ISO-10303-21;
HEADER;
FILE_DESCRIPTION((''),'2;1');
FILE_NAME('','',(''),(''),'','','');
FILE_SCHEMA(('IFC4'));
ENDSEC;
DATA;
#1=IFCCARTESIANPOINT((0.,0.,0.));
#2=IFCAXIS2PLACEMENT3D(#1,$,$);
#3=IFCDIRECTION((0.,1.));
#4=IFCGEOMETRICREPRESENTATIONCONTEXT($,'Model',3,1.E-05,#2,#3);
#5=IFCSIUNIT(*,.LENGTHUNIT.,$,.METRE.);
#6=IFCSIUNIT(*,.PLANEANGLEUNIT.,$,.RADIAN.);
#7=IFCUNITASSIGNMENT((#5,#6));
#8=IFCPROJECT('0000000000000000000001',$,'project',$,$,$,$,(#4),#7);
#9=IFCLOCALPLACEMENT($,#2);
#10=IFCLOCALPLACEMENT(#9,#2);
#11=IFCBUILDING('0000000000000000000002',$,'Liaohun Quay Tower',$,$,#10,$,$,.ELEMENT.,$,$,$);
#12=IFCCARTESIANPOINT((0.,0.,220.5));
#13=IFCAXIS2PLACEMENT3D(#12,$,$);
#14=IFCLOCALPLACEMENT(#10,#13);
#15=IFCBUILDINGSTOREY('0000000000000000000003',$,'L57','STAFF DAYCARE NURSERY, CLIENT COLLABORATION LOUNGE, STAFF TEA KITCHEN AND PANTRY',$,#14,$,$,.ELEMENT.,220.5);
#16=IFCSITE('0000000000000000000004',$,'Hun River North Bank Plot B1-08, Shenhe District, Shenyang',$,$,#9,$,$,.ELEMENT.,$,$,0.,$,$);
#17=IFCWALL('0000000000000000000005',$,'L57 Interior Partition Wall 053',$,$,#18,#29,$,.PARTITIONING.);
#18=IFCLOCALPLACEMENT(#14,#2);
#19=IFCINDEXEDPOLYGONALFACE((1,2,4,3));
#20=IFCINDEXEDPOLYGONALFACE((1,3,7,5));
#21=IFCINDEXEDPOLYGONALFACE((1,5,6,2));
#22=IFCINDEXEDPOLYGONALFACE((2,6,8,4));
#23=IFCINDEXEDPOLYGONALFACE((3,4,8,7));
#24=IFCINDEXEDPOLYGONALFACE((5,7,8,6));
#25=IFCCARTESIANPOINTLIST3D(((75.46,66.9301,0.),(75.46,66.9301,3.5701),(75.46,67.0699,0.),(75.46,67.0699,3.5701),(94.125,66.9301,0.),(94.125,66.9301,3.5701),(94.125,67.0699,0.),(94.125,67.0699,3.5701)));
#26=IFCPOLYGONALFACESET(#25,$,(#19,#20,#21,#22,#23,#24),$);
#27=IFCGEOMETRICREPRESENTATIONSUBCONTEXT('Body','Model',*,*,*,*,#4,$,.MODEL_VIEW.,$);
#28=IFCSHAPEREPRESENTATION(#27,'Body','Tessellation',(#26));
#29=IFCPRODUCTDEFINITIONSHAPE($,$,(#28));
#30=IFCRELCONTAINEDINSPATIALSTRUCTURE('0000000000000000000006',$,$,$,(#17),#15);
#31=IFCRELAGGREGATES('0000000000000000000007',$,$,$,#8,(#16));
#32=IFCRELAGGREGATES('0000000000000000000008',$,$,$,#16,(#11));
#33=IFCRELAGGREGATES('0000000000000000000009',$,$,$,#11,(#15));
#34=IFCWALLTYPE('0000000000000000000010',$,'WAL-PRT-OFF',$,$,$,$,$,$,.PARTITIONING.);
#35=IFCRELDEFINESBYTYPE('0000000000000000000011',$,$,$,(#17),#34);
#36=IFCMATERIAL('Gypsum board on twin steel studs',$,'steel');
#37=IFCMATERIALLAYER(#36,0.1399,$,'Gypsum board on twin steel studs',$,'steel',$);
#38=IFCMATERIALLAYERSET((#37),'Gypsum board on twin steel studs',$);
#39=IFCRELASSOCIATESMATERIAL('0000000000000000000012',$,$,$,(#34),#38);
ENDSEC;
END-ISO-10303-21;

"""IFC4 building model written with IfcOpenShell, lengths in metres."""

from ifc_helpers import new_model, si_unit, direction, frame, frame_2d, origin, place, context, subcontext, project, spatial, rectangle, extrude, material, layer, layer_set, type_object, element, save


model = new_model("IFC4")

# Units and contexts
model_context = context("Model", 3, precision=1e-05, world=origin(), true_north=direction((0.0, 1.0)))
body_context = subcontext(model_context, "Body", "Model", "MODEL_VIEW")
ifc_project = project(units=[si_unit("LENGTHUNIT", "METRE"), si_unit("PLANEANGLEUNIT", "RADIAN")], contexts=[model_context])

# Site, building, storey
site_placement = place(None, origin())
site = spatial("IfcSite", under=ifc_project, at=site_placement, Name="Hun River North Bank Plot B1-08, Shenhe District, Shenyang", CompositionType="ELEMENT", RefElevation=0.0)
building_placement = place(site_placement, origin())
building = spatial("IfcBuilding", under=site, at=building_placement, Name="Liaohun Quay Tower", CompositionType="ELEMENT")
storey_placement = place(building_placement, frame((0.0, 0.0, 220.5)))
storey = spatial("IfcBuildingStorey", under=building, at=storey_placement, Name="L57", Description="STAFF DAYCARE NURSERY, CLIENT COLLABORATION LOUNGE, STAFF TEA KITCHEN AND PANTRY", CompositionType="ELEMENT", Elevation=220.5)

# Wall
ifc_material_1 = material(Name="Gypsum board on twin steel studs", Category="steel")
ifc_layer_1 = layer(ifc_material_1, 0.1399, Name="Gypsum board on twin steel studs", Category="steel")
ifc_layer_set_1 = layer_set([ifc_layer_1], Name="Gypsum board on twin steel studs")
wall_type_1 = type_object("IfcWallType", Name="WAL-PRT-OFF", PredefinedType="PARTITIONING", material=ifc_layer_set_1)
wall_1_placement = place(storey_placement, frame((75.46, 67.0, 0.0), z_axis=(0.0, 0.0, 1.0), x_axis=(1.0, 0.0, 0.0)))
element("IfcWall", 1, at=wall_1_placement, inside=storey, type_object=wall_type_1, Name="L57 Interior Partition Wall 053", PredefinedType="PARTITIONING", context=body_context, shape_type="SweptSolid", body=[
    extrude(rectangle(XDim=18.665, YDim=0.1399, at=frame_2d((9.3325, 0.0))), origin(), (0.0, 0.0, 1.0), 3.5701),
])

save(model, "model.ifc")
